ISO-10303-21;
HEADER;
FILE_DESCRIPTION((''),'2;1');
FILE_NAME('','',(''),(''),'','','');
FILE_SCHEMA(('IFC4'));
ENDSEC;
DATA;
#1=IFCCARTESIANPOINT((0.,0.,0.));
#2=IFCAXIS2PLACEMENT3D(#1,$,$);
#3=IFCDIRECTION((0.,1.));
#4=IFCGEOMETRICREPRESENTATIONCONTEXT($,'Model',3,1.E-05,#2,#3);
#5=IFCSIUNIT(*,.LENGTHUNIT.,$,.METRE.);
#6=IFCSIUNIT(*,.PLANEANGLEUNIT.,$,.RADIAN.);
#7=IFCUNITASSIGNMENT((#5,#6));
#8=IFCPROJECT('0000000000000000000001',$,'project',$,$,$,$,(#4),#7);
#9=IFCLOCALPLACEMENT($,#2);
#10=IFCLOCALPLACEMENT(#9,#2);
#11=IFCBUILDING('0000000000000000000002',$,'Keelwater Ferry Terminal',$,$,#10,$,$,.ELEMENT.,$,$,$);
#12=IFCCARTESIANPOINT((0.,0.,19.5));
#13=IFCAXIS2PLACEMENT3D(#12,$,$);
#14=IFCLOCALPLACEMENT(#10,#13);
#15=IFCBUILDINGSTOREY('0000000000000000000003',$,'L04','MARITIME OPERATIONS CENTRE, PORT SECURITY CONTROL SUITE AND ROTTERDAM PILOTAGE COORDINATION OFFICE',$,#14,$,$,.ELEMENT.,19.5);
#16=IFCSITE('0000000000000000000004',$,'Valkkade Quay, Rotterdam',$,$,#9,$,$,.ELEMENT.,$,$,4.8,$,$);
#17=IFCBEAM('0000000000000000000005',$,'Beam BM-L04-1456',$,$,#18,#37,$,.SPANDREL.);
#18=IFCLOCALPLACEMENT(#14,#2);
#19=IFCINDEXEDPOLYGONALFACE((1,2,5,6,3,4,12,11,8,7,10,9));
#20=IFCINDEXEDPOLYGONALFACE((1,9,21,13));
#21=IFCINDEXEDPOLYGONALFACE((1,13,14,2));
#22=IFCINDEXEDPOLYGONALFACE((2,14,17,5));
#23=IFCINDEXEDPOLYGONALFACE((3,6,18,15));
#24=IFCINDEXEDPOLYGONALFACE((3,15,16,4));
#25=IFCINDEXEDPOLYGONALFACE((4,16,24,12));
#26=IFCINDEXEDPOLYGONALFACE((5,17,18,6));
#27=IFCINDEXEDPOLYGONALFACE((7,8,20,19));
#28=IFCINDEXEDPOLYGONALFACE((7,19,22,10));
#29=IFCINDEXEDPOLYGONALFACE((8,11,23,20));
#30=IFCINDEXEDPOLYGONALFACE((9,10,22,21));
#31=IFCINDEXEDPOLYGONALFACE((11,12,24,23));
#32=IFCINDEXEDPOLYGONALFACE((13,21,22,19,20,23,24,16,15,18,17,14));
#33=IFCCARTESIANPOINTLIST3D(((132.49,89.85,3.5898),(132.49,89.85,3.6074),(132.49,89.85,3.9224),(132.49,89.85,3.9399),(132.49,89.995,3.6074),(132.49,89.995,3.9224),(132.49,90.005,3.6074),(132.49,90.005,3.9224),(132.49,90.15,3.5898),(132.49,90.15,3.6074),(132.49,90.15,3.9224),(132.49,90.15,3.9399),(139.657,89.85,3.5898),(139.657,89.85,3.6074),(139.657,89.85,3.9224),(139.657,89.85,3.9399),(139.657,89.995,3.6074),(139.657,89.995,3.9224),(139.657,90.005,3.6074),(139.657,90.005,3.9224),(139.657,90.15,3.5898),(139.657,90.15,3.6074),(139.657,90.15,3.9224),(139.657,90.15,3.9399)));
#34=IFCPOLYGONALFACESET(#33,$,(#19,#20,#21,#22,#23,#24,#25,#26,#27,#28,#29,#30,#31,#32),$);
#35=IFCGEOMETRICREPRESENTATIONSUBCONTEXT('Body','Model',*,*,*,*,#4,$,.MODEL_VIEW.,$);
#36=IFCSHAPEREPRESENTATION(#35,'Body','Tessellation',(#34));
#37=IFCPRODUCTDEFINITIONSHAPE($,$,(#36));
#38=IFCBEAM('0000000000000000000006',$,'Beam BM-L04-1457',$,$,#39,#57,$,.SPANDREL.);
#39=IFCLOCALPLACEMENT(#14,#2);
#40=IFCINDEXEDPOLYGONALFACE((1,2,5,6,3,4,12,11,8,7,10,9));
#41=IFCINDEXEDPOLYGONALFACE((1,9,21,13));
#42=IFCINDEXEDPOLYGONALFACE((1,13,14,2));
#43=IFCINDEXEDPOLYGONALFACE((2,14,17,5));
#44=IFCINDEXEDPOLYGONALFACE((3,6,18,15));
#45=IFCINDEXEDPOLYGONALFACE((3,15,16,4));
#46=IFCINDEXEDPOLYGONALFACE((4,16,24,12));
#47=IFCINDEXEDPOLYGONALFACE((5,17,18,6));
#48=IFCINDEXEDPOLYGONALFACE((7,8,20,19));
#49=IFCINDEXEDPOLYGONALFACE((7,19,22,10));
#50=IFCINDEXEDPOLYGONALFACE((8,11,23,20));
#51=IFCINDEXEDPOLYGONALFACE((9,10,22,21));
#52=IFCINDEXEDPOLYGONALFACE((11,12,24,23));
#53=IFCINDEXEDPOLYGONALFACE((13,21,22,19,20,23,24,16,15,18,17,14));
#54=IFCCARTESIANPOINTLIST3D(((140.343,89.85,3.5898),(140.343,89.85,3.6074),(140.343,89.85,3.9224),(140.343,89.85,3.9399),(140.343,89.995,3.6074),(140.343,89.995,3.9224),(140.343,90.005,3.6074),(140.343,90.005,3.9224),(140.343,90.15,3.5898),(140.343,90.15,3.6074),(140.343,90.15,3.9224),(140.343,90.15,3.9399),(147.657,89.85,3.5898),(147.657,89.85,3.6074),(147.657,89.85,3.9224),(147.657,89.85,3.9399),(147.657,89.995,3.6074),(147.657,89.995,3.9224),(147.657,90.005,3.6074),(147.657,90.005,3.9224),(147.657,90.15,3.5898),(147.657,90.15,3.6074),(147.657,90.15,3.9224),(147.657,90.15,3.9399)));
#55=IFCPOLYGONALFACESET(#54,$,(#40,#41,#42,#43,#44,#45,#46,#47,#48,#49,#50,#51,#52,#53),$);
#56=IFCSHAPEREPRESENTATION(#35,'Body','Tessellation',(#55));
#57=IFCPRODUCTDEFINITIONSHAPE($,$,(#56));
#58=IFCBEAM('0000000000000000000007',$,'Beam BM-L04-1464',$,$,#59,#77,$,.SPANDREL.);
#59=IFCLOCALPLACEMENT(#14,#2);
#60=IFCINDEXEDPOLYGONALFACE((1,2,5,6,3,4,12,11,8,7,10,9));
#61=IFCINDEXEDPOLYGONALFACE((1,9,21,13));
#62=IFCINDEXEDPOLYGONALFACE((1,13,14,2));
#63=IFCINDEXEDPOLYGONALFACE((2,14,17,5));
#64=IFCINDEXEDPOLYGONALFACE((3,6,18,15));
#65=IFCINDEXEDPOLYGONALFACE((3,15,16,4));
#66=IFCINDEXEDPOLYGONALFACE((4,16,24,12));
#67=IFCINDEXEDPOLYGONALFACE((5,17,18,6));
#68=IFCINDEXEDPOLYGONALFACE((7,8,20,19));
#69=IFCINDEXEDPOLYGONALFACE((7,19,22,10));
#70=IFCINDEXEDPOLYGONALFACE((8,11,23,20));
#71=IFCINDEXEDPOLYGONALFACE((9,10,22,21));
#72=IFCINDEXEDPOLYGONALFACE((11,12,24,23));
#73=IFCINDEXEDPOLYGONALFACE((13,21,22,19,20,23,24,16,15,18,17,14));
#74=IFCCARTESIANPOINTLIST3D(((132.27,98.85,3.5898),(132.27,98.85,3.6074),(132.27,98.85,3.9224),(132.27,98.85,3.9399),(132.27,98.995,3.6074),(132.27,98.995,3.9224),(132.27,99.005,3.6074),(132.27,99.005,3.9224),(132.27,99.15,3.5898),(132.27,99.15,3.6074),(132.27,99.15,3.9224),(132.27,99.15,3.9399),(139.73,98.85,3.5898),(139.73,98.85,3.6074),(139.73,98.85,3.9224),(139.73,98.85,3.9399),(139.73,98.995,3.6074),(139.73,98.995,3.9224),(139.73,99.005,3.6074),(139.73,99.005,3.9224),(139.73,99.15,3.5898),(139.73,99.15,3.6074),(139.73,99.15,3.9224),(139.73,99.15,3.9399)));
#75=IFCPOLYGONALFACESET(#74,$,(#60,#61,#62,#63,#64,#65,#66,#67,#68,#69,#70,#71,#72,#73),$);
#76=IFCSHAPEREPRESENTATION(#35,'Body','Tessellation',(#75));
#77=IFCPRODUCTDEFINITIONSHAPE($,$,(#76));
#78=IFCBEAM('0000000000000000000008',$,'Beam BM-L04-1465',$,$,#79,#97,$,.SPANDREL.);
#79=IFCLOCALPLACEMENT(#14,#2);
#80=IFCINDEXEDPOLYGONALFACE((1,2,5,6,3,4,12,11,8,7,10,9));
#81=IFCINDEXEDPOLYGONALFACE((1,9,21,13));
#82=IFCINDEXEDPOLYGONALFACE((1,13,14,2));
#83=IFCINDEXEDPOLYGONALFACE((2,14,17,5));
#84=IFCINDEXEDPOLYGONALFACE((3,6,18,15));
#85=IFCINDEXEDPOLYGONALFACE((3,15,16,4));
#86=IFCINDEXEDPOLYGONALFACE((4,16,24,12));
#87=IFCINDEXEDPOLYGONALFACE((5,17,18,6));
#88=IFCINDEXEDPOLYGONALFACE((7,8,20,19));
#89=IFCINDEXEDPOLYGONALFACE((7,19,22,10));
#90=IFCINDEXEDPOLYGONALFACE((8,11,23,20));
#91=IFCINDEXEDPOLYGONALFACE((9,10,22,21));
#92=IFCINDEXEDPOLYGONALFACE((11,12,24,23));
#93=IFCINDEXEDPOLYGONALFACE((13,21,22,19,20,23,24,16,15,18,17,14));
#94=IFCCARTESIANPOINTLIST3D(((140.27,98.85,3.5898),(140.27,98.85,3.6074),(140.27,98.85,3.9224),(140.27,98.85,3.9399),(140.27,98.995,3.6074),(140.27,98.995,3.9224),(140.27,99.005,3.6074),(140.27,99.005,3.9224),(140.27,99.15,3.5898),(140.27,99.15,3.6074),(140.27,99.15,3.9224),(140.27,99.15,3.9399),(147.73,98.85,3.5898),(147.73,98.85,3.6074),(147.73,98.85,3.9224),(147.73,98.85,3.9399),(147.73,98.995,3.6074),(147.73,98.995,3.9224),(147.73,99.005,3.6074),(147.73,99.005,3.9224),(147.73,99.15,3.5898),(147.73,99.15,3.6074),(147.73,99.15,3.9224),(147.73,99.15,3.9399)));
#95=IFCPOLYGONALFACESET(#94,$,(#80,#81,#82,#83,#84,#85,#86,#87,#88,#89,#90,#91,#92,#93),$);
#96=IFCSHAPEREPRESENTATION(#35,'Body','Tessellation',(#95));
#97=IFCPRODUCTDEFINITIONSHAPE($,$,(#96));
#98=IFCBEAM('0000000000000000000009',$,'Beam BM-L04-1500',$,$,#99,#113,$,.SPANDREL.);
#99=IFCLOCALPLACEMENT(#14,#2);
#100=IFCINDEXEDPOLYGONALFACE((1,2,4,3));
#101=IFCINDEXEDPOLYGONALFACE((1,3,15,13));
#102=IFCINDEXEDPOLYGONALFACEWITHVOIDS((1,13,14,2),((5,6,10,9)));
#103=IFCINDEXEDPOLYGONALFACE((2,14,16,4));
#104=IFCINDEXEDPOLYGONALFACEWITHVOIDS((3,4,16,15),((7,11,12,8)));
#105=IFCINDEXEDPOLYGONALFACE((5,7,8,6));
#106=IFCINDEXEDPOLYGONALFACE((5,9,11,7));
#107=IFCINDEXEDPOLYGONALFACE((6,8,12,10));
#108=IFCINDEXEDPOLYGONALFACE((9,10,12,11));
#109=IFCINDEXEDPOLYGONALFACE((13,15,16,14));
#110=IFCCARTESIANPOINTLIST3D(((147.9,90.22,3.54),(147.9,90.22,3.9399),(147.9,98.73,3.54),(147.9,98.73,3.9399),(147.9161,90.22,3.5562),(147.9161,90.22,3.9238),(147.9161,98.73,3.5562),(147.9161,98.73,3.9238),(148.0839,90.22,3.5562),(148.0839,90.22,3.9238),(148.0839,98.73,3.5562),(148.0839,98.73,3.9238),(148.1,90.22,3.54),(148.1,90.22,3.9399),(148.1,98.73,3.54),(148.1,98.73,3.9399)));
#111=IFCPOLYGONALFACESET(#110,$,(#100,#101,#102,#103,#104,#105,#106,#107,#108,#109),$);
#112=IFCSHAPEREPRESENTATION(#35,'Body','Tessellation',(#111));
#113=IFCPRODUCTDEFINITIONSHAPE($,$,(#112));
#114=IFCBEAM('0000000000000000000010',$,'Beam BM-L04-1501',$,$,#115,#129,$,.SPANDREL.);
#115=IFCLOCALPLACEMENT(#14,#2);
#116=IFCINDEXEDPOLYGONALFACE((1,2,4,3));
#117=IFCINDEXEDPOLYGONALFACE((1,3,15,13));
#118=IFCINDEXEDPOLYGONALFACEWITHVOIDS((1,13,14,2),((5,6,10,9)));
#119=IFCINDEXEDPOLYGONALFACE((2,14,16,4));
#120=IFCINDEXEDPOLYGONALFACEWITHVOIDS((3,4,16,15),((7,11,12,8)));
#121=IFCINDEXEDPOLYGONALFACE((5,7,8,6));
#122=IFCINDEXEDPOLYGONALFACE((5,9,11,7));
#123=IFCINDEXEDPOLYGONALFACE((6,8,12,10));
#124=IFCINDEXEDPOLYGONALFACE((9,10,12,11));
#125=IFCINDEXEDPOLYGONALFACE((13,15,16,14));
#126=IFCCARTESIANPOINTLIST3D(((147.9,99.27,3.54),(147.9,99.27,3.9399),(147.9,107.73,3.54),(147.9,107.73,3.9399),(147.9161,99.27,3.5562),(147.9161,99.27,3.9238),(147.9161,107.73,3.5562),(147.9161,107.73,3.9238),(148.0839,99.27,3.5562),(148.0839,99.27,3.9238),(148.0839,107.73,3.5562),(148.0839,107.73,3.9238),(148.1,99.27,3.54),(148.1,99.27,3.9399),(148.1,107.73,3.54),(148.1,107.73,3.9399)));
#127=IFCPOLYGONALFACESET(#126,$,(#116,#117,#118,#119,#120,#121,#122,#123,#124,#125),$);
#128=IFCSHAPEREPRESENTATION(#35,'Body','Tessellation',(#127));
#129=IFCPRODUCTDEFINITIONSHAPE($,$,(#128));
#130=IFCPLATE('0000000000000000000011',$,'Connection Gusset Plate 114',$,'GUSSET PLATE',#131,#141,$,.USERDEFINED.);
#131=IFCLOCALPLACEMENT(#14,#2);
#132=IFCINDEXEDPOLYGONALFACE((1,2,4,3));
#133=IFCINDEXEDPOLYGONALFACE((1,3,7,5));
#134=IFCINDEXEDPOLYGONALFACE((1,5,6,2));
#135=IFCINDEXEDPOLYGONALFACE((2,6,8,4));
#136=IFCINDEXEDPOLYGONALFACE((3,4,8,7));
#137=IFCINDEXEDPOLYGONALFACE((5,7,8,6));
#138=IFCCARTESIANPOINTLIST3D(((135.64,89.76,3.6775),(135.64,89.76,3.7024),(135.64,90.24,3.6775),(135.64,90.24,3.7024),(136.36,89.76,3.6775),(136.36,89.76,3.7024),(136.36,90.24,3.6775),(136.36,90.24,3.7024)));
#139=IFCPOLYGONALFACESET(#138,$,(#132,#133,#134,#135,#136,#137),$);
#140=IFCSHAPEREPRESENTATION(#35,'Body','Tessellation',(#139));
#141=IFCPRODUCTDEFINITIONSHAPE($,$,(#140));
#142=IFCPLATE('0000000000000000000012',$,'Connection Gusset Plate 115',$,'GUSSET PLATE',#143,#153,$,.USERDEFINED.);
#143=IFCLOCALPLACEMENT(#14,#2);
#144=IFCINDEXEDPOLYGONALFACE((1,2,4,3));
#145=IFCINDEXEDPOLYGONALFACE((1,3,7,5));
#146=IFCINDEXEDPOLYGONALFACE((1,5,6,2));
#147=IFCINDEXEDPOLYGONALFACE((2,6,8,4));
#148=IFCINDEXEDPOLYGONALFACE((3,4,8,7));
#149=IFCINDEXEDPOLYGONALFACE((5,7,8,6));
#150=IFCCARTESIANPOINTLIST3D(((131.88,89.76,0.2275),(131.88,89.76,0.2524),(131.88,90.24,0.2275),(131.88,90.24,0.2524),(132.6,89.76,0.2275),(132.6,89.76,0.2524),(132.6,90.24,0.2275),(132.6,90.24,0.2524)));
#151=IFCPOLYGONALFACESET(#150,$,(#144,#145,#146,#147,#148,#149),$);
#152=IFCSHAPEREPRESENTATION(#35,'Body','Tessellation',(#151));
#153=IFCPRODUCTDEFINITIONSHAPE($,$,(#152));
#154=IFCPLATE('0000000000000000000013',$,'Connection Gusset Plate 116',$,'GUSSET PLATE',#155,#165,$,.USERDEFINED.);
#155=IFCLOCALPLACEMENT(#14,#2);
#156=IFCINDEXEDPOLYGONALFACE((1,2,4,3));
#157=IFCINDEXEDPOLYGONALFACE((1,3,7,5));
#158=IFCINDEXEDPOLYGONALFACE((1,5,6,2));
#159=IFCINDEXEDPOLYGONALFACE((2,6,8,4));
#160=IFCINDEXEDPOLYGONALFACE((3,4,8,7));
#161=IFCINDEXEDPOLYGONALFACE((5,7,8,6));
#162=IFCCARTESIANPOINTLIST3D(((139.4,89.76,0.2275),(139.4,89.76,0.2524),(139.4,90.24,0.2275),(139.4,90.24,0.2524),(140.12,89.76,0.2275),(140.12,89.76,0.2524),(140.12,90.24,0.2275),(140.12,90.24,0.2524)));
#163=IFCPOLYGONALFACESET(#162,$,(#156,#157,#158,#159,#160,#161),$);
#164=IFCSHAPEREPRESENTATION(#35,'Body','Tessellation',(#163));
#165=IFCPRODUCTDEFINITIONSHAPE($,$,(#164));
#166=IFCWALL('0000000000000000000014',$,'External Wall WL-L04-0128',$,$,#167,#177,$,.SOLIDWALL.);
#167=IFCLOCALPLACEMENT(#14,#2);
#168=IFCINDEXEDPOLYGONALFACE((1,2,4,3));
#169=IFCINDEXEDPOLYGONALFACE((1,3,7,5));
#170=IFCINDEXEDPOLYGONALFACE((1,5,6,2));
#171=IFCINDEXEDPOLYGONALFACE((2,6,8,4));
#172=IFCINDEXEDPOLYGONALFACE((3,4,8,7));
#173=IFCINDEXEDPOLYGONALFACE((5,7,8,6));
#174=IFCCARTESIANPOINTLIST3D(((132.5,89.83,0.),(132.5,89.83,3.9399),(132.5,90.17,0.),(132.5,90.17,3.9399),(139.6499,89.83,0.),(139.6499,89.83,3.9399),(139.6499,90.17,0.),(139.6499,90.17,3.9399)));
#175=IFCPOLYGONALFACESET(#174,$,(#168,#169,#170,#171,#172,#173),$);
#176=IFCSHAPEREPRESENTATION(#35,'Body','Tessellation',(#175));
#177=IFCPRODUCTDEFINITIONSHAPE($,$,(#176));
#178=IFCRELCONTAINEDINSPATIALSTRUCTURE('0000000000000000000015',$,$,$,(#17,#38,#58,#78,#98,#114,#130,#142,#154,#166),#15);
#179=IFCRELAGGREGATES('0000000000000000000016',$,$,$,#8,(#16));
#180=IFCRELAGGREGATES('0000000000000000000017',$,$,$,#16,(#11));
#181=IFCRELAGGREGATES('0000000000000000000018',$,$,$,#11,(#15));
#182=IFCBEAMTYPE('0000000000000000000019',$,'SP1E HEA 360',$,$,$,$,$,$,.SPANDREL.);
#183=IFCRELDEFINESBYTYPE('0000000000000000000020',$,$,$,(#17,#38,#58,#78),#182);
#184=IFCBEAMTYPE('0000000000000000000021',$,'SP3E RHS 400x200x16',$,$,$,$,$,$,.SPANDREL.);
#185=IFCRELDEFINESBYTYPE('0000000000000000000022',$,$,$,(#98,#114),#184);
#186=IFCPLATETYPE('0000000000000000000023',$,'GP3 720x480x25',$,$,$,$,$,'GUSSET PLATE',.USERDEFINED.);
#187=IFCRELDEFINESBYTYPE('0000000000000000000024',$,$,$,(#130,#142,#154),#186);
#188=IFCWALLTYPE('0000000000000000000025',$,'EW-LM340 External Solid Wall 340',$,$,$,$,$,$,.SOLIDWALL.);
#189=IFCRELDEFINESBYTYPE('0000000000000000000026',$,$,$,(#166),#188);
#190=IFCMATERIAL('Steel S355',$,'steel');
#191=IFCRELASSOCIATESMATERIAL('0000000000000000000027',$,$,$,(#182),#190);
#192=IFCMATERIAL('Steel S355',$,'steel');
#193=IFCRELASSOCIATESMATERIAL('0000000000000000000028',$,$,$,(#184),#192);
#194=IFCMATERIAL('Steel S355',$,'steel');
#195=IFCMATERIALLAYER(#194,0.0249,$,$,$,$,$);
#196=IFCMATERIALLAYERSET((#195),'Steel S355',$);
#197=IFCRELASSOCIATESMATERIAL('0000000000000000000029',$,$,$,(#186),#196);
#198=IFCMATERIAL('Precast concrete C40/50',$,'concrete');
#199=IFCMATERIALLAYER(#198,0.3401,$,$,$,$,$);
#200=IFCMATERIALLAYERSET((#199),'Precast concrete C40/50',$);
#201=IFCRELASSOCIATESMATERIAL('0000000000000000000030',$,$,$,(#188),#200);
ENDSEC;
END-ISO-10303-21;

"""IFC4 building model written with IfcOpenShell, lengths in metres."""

from ifc_helpers import new_model, si_unit, direction, frame, frame_2d, origin, origin_2d, place, context, subcontext, project, spatial, rectangle, hollow_rectangle, i_section, extrude, material, layer, layer_set, material_profile, profile_set, type_object, element, save


model = new_model("IFC4")

# Units and contexts
model_context = context("Model", 3, precision=1e-05, world=origin(), true_north=direction((0.0, 1.0)))
body_context = subcontext(model_context, "Body", "Model", "MODEL_VIEW")
ifc_project = project(units=[si_unit("LENGTHUNIT", "METRE"), si_unit("PLANEANGLEUNIT", "RADIAN")], contexts=[model_context])

# Site, building, storey
site_placement = place(None, origin())
site = spatial("IfcSite", under=ifc_project, at=site_placement, Name="Valkkade Quay, Rotterdam", CompositionType="ELEMENT", RefElevation=4.8)
building_placement = place(site_placement, origin())
building = spatial("IfcBuilding", under=site, at=building_placement, Name="Keelwater Ferry Terminal", CompositionType="ELEMENT")
storey_placement = place(building_placement, frame((0.0, 0.0, 19.5)))
storey = spatial("IfcBuildingStorey", under=building, at=storey_placement, Name="L04", Description="MARITIME OPERATIONS CENTRE, PORT SECURITY CONTROL SUITE AND ROTTERDAM PILOTAGE COORDINATION OFFICE", CompositionType="ELEMENT", Elevation=19.5)

# Beams
ifc_material_1 = material(Name="Steel S355", Category="steel")
ifc_material_profile_1 = material_profile(ifc_material_1, i_section(OverallWidth=0.3, OverallDepth=0.3501, WebThickness=0.01, FlangeThickness=0.0176, at=origin_2d()), Name="HEA 360")
ifc_profile_set_1 = profile_set([ifc_material_profile_1], Name="Steel S355")
beam_type_1 = type_object("IfcBeamType", Name="SP1E HEA 360", PredefinedType="SPANDREL", material=ifc_profile_set_1)
beam_1_placement = place(storey_placement, frame((132.49, 90.0, 3.7649), z_axis=(1.0, 0.0, 0.0), x_axis=(0.0, 1.0, 0.0)))
element("IfcBeam", 1, at=beam_1_placement, inside=storey, type_object=beam_type_1, Name="Beam BM-L04-1456", PredefinedType="SPANDREL", context=body_context, shape_type="SweptSolid", body=[
    extrude(i_section(OverallWidth=0.3, OverallDepth=0.3501, WebThickness=0.01, FlangeThickness=0.0176, at=origin_2d()), origin(), (0.0, 0.0, 1.0), 7.167),
])
beam_2_placement = place(storey_placement, frame((140.343, 90.0, 3.7649), z_axis=(1.0, 0.0, 0.0), x_axis=(0.0, 1.0, 0.0)))
element("IfcBeam", 2, at=beam_2_placement, inside=storey, type_object=beam_type_1, Name="Beam BM-L04-1457", PredefinedType="SPANDREL", context=body_context, shape_type="SweptSolid", body=[
    extrude(i_section(OverallWidth=0.3, OverallDepth=0.3501, WebThickness=0.01, FlangeThickness=0.0176, at=origin_2d()), origin(), (0.0, 0.0, 1.0), 7.314),
])
for number, where, z_axis, x_axis, name in (
    (3, (132.27, 99.0, 3.7649), (1.0, 0.0, 0.0), (0.0, 1.0, 0.0), "Beam BM-L04-1464"),
    (4, (140.27, 99.0, 3.7649), (1.0, 0.0, 0.0), (0.0, 1.0, 0.0), "Beam BM-L04-1465"),
):
    element("IfcBeam", number, at=place(storey_placement, frame(where, z_axis=z_axis, x_axis=x_axis)), inside=storey, type_object=beam_type_1, Name=name, PredefinedType="SPANDREL", context=body_context, shape_type="SweptSolid", body=[
        extrude(i_section(OverallWidth=0.3, OverallDepth=0.3501, WebThickness=0.01, FlangeThickness=0.0176, at=origin_2d()), origin(), (0.0, 0.0, 1.0), 7.46),
    ])
ifc_material_2 = material(Name="Steel S355", Category="steel")
ifc_material_profile_2 = material_profile(ifc_material_2, hollow_rectangle(XDim=0.2, YDim=0.3999, WallThickness=0.0161, at=origin_2d()), Name="RHS 400x200x16")
ifc_profile_set_2 = profile_set([ifc_material_profile_2], Name="Steel S355")
beam_type_2 = type_object("IfcBeamType", Name="SP3E RHS 400x200x16", PredefinedType="SPANDREL", material=ifc_profile_set_2)
beam_3_placement = place(storey_placement, frame((148.0, 90.22, 3.74), z_axis=(0.0, 1.0, 0.0), x_axis=(-1.0, 0.0, 0.0)))
element("IfcBeam", 5, at=beam_3_placement, inside=storey, type_object=beam_type_2, Name="Beam BM-L04-1500", PredefinedType="SPANDREL", context=body_context, shape_type="SweptSolid", body=[
    extrude(hollow_rectangle(XDim=0.2, YDim=0.3999, WallThickness=0.0161, at=origin_2d()), origin(), (0.0, 0.0, 1.0), 8.51),
])
beam_4_placement = place(storey_placement, frame((148.0, 99.27, 3.74), z_axis=(0.0, 1.0, 0.0), x_axis=(-1.0, 0.0, 0.0)))
element("IfcBeam", 6, at=beam_4_placement, inside=storey, type_object=beam_type_2, Name="Beam BM-L04-1501", PredefinedType="SPANDREL", context=body_context, shape_type="SweptSolid", body=[
    extrude(hollow_rectangle(XDim=0.2, YDim=0.3999, WallThickness=0.0161, at=origin_2d()), origin(), (0.0, 0.0, 1.0), 8.46),
])

# Plates
ifc_material_3 = material(Name="Steel S355", Category="steel")
ifc_layer_1 = layer(ifc_material_3, 0.0249)
ifc_layer_set_1 = layer_set([ifc_layer_1], Name="Steel S355")
plate_type = type_object("IfcPlateType", Name="GP3 720x480x25", ElementType="GUSSET PLATE", PredefinedType="USERDEFINED", material=ifc_layer_set_1)
for number, where, z_axis, x_axis, name in (
    (7, (136.0, 90.0, 3.6775), (0.0, 0.0, 1.0), (1.0, 0.0, 0.0), "Connection Gusset Plate 114"),
    (8, (132.24, 90.0, 0.2275), (0.0, 0.0, 1.0), (1.0, 0.0, 0.0), "Connection Gusset Plate 115"),
    (9, (139.76, 90.0, 0.2275), (0.0, 0.0, 1.0), (1.0, 0.0, 0.0), "Connection Gusset Plate 116"),
):
    element("IfcPlate", number, at=place(storey_placement, frame(where, z_axis=z_axis, x_axis=x_axis)), inside=storey, type_object=plate_type, Name=name, ObjectType="GUSSET PLATE", PredefinedType="USERDEFINED", context=body_context, shape_type="SweptSolid", body=[
        extrude(rectangle(XDim=0.72, YDim=0.48, at=origin_2d()), origin(), (0.0, 0.0, 1.0), 0.0249),
    ])

# Wall
ifc_material_4 = material(Name="Precast concrete C40/50", Category="concrete")
ifc_layer_2 = layer(ifc_material_4, 0.3401)
ifc_layer_set_2 = layer_set([ifc_layer_2], Name="Precast concrete C40/50")
wall_type_1 = type_object("IfcWallType", Name="EW-LM340 External Solid Wall 340", PredefinedType="SOLIDWALL", material=ifc_layer_set_2)
wall_1_placement = place(storey_placement, frame((139.6499, 90.0, 0.0), z_axis=(0.0, 0.0, 1.0), x_axis=(-1.0, 0.0, 0.0)))
element("IfcWall", 10, at=wall_1_placement, inside=storey, type_object=wall_type_1, Name="External Wall WL-L04-0128", PredefinedType="SOLIDWALL", context=body_context, shape_type="SweptSolid", body=[
    extrude(rectangle(XDim=7.1499, YDim=0.3401, at=frame_2d((3.575, 0.0))), origin(), (0.0, 0.0, 1.0), 3.9399),
])

save(model, "model.ifc")
